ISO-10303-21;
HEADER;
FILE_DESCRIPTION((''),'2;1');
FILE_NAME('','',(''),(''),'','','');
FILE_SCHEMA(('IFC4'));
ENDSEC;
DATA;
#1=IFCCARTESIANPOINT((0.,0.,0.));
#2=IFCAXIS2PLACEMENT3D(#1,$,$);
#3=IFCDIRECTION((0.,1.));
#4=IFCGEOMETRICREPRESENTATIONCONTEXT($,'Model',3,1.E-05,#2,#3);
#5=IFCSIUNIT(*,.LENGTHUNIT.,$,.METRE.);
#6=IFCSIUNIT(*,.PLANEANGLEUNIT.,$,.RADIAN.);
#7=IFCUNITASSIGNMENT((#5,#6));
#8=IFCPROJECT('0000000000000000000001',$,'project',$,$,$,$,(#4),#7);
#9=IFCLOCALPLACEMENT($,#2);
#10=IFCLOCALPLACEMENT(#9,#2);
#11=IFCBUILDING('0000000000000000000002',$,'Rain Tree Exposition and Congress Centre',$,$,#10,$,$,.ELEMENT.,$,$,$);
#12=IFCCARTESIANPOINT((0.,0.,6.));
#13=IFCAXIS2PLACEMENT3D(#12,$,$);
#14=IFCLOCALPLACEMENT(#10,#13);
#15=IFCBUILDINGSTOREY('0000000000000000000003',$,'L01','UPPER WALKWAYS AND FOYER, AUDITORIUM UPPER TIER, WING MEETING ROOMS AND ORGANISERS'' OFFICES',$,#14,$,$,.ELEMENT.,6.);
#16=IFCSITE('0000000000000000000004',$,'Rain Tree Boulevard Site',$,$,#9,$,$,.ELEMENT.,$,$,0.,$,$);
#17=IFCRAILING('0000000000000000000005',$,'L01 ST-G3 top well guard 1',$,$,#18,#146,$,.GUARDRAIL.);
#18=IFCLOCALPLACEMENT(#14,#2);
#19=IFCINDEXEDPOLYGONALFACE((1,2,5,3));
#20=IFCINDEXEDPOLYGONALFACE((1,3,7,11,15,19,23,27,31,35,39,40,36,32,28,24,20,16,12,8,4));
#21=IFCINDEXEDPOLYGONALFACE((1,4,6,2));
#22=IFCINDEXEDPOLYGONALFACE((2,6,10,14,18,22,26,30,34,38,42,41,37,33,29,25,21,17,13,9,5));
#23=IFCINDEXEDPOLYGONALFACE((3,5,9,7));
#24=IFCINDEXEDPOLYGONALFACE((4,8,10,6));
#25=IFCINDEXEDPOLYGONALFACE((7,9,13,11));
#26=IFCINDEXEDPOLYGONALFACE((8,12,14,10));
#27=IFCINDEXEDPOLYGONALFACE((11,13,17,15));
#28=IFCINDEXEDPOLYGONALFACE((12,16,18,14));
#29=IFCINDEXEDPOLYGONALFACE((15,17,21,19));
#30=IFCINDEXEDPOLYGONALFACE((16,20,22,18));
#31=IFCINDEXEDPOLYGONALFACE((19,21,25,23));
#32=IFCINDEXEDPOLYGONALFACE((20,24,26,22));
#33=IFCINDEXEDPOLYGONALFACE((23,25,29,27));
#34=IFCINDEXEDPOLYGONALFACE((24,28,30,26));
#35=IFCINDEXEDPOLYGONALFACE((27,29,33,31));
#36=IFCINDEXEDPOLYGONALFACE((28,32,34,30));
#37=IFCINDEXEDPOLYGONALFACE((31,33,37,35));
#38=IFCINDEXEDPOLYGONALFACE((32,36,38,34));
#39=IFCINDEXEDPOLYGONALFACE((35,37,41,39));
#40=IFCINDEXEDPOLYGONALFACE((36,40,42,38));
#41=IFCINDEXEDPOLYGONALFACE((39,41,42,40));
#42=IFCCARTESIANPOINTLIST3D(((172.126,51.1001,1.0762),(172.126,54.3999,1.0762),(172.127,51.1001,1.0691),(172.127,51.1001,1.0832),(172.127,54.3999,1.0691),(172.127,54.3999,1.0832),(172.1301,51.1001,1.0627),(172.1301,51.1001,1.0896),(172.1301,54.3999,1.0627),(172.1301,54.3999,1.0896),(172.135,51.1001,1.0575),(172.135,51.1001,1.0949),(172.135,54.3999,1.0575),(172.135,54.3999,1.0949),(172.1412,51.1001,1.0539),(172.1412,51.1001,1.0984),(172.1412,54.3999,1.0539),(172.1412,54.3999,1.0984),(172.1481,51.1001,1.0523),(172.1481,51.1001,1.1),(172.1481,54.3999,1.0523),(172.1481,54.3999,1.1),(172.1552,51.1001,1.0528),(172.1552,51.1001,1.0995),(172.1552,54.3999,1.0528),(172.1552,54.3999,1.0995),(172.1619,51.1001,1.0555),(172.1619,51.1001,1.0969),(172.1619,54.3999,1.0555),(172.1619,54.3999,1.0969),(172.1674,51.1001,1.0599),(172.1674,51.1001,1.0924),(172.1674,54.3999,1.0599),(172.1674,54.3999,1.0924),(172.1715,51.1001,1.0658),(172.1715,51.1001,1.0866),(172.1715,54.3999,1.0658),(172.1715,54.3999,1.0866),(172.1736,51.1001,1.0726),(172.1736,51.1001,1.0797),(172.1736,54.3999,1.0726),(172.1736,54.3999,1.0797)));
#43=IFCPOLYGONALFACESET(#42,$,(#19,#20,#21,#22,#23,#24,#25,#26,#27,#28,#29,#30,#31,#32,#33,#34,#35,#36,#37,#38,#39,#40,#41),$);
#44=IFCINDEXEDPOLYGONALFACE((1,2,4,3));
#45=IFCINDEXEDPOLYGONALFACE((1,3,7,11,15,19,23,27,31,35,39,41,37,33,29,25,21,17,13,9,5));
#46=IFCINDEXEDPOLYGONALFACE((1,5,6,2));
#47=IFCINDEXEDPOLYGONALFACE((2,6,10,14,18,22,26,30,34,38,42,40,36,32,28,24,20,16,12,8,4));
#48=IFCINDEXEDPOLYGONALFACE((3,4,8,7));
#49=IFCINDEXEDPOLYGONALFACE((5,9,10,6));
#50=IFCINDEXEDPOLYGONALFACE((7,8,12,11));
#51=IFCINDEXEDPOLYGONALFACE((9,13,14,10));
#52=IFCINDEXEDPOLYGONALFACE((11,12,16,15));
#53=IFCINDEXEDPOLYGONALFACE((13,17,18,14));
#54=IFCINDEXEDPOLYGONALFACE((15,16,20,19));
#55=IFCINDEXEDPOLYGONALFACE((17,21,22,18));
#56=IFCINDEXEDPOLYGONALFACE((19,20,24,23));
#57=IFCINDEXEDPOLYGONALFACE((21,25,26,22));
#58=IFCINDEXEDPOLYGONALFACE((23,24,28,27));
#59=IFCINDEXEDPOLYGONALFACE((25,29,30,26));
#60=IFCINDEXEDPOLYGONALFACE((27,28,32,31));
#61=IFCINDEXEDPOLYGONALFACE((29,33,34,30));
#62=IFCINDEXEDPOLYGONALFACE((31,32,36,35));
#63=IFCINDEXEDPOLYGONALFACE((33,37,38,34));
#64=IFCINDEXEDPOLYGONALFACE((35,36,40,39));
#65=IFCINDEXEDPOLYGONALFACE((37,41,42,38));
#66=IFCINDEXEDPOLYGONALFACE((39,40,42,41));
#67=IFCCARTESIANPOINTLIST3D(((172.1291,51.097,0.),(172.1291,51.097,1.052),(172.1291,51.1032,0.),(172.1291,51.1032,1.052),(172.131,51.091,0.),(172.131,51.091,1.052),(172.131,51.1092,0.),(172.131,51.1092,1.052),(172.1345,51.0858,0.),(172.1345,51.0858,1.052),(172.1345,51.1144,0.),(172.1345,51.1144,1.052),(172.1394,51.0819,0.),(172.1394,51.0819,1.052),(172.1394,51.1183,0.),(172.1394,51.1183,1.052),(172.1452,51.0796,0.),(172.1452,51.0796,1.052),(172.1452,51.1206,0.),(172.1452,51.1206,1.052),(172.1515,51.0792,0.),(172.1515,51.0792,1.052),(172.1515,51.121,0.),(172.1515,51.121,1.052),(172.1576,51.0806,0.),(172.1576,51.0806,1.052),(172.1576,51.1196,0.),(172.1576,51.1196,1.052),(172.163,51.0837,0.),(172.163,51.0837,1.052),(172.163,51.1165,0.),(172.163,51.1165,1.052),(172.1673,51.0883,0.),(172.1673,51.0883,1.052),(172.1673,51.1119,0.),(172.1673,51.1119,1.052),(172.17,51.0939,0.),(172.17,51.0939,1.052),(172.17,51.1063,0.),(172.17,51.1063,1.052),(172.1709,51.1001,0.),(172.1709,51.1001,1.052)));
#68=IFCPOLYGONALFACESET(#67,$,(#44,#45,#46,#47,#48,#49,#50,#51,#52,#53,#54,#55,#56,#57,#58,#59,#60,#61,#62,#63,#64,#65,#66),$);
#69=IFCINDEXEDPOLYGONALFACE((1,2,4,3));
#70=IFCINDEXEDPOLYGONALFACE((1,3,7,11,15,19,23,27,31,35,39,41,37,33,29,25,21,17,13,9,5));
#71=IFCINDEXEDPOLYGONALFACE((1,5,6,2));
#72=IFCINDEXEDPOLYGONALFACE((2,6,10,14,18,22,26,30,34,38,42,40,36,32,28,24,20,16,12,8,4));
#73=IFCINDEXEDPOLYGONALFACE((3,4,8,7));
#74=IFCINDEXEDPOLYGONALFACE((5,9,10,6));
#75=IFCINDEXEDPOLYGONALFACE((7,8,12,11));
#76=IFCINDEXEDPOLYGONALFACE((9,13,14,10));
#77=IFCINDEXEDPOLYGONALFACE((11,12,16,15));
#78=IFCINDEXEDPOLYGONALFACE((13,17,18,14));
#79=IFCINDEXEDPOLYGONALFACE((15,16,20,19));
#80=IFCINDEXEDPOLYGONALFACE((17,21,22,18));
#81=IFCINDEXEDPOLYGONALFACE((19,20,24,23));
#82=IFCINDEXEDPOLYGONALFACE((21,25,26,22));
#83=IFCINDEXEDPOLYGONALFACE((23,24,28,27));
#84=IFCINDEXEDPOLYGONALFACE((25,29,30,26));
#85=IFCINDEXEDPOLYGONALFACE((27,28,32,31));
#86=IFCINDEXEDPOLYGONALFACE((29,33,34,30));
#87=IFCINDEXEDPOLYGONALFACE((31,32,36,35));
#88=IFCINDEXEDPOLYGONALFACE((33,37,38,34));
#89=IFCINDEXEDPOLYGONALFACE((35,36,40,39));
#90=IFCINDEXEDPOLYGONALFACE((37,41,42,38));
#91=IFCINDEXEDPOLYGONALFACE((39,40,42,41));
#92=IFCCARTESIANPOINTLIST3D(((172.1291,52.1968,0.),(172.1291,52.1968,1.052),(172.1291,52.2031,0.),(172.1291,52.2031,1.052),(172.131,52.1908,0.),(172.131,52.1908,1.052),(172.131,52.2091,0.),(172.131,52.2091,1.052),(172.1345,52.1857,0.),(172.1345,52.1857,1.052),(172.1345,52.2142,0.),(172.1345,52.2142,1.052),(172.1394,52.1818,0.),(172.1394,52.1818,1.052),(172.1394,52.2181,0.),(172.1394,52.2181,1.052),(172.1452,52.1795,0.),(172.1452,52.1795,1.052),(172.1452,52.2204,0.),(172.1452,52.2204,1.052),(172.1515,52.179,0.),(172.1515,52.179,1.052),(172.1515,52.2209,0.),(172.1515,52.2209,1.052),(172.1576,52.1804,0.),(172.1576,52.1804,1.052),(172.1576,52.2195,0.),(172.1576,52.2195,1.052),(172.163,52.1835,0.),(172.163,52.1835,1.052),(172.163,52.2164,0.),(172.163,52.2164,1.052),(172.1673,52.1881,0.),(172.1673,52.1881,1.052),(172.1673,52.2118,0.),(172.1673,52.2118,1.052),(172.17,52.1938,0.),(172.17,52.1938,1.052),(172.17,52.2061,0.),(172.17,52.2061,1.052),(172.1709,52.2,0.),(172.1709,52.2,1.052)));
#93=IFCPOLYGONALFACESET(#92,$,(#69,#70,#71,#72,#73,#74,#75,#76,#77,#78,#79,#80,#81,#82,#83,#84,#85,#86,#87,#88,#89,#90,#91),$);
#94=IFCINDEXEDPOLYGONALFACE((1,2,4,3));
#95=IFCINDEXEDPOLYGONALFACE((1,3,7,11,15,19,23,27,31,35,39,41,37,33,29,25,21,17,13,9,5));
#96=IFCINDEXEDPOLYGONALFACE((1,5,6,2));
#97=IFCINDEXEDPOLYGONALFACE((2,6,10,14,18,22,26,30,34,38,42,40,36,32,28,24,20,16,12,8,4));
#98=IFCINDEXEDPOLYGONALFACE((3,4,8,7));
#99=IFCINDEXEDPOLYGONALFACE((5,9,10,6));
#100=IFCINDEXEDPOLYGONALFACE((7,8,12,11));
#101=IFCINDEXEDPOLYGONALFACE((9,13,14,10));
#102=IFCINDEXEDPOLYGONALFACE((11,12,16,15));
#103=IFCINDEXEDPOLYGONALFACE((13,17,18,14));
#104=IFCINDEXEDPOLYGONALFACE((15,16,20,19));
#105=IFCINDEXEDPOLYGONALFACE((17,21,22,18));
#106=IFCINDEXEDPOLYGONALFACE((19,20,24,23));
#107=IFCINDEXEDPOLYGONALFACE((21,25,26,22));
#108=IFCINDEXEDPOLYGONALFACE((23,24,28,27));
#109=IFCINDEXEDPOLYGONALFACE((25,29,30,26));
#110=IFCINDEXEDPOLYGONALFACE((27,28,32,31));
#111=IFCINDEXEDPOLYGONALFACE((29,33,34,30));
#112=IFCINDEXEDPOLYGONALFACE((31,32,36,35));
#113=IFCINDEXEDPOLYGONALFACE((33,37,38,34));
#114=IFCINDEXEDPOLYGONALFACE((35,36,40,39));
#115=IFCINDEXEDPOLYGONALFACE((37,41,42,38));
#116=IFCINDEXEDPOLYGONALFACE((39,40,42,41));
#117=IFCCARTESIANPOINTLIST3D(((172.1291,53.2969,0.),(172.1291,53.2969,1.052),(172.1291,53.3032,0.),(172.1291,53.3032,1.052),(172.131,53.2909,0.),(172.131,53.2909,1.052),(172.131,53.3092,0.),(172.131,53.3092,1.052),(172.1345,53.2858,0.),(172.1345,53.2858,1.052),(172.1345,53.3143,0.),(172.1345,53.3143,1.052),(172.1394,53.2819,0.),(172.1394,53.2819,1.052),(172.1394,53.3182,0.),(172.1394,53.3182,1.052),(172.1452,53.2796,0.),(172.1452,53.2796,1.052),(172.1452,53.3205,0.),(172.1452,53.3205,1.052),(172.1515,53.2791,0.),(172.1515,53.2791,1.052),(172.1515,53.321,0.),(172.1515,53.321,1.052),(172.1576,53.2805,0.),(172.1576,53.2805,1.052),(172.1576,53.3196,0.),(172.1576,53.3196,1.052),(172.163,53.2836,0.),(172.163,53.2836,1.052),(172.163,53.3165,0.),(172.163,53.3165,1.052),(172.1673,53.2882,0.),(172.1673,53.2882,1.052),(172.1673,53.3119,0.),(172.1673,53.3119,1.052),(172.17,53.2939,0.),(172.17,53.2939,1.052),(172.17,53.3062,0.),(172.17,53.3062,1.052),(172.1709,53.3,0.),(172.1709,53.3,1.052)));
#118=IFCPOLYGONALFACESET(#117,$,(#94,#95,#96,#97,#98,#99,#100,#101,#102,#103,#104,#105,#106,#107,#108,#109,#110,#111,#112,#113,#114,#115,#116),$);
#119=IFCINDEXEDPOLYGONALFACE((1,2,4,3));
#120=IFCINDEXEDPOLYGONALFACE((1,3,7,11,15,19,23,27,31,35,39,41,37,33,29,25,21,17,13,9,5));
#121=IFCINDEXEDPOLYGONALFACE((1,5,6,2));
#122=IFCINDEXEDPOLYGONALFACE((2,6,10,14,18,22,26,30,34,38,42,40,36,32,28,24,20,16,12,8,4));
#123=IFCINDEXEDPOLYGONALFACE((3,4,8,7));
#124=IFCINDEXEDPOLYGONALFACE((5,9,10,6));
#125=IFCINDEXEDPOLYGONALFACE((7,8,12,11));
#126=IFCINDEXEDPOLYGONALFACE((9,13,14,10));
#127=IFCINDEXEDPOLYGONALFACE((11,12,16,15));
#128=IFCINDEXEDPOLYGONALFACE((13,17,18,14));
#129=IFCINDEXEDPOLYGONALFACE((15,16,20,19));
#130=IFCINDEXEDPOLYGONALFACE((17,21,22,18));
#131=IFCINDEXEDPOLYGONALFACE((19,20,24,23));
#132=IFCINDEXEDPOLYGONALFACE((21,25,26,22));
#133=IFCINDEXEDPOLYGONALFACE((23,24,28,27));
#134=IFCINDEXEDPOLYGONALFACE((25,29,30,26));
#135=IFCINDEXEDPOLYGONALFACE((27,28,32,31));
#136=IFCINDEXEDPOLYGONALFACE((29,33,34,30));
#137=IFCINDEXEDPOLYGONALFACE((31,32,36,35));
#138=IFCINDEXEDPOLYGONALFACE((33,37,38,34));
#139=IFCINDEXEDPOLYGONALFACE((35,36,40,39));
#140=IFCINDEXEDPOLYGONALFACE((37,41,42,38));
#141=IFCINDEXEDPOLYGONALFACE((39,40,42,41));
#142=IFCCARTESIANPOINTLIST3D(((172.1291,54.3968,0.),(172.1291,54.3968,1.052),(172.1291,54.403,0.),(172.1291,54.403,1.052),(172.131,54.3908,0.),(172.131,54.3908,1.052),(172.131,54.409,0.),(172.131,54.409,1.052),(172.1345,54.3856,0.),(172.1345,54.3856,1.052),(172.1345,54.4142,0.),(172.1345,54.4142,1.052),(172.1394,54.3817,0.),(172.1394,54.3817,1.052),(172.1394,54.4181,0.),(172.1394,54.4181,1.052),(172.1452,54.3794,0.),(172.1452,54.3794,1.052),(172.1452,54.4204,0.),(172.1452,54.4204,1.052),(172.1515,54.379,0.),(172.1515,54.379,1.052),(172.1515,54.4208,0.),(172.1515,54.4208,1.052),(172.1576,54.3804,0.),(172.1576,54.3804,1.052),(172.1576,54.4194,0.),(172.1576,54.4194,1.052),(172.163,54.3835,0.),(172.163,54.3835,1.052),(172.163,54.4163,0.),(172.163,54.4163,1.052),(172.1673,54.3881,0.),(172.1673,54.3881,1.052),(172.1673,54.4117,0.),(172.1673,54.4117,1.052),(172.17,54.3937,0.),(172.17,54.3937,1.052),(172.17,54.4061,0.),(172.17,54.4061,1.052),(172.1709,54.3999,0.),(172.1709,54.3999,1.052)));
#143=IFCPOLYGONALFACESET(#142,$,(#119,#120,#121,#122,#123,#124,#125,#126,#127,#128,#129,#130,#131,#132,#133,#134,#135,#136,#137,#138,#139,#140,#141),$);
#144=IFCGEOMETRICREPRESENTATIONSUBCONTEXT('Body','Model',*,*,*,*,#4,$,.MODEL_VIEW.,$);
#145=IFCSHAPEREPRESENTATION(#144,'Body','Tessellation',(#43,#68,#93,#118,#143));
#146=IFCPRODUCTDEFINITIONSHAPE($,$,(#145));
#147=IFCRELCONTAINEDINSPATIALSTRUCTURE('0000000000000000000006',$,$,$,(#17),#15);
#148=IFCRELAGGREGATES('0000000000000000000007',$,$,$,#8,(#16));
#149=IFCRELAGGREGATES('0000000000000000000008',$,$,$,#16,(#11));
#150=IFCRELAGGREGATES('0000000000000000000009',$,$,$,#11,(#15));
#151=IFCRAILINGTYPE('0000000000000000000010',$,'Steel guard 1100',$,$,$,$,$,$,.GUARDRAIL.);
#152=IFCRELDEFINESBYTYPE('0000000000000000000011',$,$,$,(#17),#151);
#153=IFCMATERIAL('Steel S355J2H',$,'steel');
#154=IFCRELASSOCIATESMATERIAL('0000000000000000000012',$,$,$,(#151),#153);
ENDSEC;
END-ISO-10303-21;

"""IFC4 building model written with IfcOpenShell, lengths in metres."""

from ifc_helpers import new_model, si_unit, direction, frame, origin, origin_2d, place, context, subcontext, project, spatial, circle, extrude, material, type_object, element, save


model = new_model("IFC4")

# Units and contexts
model_context = context("Model", 3, precision=1e-05, world=origin(), true_north=direction((0.0, 1.0)))
body_context = subcontext(model_context, "Body", "Model", "MODEL_VIEW")
ifc_project = project(units=[si_unit("LENGTHUNIT", "METRE"), si_unit("PLANEANGLEUNIT", "RADIAN")], contexts=[model_context])

# Site, building, storey
site_placement = place(None, origin())
site = spatial("IfcSite", under=ifc_project, at=site_placement, Name="Rain Tree Boulevard Site", CompositionType="ELEMENT", RefElevation=0.0)
building_placement = place(site_placement, origin())
building = spatial("IfcBuilding", under=site, at=building_placement, Name="Rain Tree Exposition and Congress Centre", CompositionType="ELEMENT")
storey_placement = place(building_placement, frame((0.0, 0.0, 6.0)))
storey = spatial("IfcBuildingStorey", under=building, at=storey_placement, Name="L01", Description="UPPER WALKWAYS AND FOYER, AUDITORIUM UPPER TIER, WING MEETING ROOMS AND ORGANISERS' OFFICES", CompositionType="ELEMENT", Elevation=6.0)

# Railing
ifc_material_1 = material(Name="Steel S355J2H", Category="steel")
railing_type = type_object("IfcRailingType", Name="Steel guard 1100", PredefinedType="GUARDRAIL", material=ifc_material_1)
for number, where, name in (
    (1, (172.1499, 51.1001, 0.0), "L01 ST-G3 top well guard 1"),
):
    element("IfcRailing", number, at=place(storey_placement, frame(where)), inside=storey, type_object=railing_type, Name=name, PredefinedType="GUARDRAIL", context=body_context, shape_type="SweptSolid", body=[
        extrude(circle(Radius=0.0239, at=origin_2d()), frame((0.0, 0.0, 1.0762), z_axis=(0.0, 1.0, 0.0), x_axis=(-1.0, 0.0, 0.0)), (0.0, 0.0, 1.0), 3.2998),
        extrude(circle(Radius=0.021, at=origin_2d()), origin(), (0.0, 0.0, 1.0), 1.052),
        extrude(circle(Radius=0.021, at=origin_2d()), frame((0.0, 1.0999, 0.0)), (0.0, 0.0, 1.0), 1.052),
        extrude(circle(Radius=0.021, at=origin_2d()), frame((0.0, 2.2, 0.0)), (0.0, 0.0, 1.0), 1.052),
        extrude(circle(Radius=0.021, at=origin_2d()), frame((0.0, 3.2998, 0.0)), (0.0, 0.0, 1.0), 1.052),
    ])

save(model, "model.ifc")
